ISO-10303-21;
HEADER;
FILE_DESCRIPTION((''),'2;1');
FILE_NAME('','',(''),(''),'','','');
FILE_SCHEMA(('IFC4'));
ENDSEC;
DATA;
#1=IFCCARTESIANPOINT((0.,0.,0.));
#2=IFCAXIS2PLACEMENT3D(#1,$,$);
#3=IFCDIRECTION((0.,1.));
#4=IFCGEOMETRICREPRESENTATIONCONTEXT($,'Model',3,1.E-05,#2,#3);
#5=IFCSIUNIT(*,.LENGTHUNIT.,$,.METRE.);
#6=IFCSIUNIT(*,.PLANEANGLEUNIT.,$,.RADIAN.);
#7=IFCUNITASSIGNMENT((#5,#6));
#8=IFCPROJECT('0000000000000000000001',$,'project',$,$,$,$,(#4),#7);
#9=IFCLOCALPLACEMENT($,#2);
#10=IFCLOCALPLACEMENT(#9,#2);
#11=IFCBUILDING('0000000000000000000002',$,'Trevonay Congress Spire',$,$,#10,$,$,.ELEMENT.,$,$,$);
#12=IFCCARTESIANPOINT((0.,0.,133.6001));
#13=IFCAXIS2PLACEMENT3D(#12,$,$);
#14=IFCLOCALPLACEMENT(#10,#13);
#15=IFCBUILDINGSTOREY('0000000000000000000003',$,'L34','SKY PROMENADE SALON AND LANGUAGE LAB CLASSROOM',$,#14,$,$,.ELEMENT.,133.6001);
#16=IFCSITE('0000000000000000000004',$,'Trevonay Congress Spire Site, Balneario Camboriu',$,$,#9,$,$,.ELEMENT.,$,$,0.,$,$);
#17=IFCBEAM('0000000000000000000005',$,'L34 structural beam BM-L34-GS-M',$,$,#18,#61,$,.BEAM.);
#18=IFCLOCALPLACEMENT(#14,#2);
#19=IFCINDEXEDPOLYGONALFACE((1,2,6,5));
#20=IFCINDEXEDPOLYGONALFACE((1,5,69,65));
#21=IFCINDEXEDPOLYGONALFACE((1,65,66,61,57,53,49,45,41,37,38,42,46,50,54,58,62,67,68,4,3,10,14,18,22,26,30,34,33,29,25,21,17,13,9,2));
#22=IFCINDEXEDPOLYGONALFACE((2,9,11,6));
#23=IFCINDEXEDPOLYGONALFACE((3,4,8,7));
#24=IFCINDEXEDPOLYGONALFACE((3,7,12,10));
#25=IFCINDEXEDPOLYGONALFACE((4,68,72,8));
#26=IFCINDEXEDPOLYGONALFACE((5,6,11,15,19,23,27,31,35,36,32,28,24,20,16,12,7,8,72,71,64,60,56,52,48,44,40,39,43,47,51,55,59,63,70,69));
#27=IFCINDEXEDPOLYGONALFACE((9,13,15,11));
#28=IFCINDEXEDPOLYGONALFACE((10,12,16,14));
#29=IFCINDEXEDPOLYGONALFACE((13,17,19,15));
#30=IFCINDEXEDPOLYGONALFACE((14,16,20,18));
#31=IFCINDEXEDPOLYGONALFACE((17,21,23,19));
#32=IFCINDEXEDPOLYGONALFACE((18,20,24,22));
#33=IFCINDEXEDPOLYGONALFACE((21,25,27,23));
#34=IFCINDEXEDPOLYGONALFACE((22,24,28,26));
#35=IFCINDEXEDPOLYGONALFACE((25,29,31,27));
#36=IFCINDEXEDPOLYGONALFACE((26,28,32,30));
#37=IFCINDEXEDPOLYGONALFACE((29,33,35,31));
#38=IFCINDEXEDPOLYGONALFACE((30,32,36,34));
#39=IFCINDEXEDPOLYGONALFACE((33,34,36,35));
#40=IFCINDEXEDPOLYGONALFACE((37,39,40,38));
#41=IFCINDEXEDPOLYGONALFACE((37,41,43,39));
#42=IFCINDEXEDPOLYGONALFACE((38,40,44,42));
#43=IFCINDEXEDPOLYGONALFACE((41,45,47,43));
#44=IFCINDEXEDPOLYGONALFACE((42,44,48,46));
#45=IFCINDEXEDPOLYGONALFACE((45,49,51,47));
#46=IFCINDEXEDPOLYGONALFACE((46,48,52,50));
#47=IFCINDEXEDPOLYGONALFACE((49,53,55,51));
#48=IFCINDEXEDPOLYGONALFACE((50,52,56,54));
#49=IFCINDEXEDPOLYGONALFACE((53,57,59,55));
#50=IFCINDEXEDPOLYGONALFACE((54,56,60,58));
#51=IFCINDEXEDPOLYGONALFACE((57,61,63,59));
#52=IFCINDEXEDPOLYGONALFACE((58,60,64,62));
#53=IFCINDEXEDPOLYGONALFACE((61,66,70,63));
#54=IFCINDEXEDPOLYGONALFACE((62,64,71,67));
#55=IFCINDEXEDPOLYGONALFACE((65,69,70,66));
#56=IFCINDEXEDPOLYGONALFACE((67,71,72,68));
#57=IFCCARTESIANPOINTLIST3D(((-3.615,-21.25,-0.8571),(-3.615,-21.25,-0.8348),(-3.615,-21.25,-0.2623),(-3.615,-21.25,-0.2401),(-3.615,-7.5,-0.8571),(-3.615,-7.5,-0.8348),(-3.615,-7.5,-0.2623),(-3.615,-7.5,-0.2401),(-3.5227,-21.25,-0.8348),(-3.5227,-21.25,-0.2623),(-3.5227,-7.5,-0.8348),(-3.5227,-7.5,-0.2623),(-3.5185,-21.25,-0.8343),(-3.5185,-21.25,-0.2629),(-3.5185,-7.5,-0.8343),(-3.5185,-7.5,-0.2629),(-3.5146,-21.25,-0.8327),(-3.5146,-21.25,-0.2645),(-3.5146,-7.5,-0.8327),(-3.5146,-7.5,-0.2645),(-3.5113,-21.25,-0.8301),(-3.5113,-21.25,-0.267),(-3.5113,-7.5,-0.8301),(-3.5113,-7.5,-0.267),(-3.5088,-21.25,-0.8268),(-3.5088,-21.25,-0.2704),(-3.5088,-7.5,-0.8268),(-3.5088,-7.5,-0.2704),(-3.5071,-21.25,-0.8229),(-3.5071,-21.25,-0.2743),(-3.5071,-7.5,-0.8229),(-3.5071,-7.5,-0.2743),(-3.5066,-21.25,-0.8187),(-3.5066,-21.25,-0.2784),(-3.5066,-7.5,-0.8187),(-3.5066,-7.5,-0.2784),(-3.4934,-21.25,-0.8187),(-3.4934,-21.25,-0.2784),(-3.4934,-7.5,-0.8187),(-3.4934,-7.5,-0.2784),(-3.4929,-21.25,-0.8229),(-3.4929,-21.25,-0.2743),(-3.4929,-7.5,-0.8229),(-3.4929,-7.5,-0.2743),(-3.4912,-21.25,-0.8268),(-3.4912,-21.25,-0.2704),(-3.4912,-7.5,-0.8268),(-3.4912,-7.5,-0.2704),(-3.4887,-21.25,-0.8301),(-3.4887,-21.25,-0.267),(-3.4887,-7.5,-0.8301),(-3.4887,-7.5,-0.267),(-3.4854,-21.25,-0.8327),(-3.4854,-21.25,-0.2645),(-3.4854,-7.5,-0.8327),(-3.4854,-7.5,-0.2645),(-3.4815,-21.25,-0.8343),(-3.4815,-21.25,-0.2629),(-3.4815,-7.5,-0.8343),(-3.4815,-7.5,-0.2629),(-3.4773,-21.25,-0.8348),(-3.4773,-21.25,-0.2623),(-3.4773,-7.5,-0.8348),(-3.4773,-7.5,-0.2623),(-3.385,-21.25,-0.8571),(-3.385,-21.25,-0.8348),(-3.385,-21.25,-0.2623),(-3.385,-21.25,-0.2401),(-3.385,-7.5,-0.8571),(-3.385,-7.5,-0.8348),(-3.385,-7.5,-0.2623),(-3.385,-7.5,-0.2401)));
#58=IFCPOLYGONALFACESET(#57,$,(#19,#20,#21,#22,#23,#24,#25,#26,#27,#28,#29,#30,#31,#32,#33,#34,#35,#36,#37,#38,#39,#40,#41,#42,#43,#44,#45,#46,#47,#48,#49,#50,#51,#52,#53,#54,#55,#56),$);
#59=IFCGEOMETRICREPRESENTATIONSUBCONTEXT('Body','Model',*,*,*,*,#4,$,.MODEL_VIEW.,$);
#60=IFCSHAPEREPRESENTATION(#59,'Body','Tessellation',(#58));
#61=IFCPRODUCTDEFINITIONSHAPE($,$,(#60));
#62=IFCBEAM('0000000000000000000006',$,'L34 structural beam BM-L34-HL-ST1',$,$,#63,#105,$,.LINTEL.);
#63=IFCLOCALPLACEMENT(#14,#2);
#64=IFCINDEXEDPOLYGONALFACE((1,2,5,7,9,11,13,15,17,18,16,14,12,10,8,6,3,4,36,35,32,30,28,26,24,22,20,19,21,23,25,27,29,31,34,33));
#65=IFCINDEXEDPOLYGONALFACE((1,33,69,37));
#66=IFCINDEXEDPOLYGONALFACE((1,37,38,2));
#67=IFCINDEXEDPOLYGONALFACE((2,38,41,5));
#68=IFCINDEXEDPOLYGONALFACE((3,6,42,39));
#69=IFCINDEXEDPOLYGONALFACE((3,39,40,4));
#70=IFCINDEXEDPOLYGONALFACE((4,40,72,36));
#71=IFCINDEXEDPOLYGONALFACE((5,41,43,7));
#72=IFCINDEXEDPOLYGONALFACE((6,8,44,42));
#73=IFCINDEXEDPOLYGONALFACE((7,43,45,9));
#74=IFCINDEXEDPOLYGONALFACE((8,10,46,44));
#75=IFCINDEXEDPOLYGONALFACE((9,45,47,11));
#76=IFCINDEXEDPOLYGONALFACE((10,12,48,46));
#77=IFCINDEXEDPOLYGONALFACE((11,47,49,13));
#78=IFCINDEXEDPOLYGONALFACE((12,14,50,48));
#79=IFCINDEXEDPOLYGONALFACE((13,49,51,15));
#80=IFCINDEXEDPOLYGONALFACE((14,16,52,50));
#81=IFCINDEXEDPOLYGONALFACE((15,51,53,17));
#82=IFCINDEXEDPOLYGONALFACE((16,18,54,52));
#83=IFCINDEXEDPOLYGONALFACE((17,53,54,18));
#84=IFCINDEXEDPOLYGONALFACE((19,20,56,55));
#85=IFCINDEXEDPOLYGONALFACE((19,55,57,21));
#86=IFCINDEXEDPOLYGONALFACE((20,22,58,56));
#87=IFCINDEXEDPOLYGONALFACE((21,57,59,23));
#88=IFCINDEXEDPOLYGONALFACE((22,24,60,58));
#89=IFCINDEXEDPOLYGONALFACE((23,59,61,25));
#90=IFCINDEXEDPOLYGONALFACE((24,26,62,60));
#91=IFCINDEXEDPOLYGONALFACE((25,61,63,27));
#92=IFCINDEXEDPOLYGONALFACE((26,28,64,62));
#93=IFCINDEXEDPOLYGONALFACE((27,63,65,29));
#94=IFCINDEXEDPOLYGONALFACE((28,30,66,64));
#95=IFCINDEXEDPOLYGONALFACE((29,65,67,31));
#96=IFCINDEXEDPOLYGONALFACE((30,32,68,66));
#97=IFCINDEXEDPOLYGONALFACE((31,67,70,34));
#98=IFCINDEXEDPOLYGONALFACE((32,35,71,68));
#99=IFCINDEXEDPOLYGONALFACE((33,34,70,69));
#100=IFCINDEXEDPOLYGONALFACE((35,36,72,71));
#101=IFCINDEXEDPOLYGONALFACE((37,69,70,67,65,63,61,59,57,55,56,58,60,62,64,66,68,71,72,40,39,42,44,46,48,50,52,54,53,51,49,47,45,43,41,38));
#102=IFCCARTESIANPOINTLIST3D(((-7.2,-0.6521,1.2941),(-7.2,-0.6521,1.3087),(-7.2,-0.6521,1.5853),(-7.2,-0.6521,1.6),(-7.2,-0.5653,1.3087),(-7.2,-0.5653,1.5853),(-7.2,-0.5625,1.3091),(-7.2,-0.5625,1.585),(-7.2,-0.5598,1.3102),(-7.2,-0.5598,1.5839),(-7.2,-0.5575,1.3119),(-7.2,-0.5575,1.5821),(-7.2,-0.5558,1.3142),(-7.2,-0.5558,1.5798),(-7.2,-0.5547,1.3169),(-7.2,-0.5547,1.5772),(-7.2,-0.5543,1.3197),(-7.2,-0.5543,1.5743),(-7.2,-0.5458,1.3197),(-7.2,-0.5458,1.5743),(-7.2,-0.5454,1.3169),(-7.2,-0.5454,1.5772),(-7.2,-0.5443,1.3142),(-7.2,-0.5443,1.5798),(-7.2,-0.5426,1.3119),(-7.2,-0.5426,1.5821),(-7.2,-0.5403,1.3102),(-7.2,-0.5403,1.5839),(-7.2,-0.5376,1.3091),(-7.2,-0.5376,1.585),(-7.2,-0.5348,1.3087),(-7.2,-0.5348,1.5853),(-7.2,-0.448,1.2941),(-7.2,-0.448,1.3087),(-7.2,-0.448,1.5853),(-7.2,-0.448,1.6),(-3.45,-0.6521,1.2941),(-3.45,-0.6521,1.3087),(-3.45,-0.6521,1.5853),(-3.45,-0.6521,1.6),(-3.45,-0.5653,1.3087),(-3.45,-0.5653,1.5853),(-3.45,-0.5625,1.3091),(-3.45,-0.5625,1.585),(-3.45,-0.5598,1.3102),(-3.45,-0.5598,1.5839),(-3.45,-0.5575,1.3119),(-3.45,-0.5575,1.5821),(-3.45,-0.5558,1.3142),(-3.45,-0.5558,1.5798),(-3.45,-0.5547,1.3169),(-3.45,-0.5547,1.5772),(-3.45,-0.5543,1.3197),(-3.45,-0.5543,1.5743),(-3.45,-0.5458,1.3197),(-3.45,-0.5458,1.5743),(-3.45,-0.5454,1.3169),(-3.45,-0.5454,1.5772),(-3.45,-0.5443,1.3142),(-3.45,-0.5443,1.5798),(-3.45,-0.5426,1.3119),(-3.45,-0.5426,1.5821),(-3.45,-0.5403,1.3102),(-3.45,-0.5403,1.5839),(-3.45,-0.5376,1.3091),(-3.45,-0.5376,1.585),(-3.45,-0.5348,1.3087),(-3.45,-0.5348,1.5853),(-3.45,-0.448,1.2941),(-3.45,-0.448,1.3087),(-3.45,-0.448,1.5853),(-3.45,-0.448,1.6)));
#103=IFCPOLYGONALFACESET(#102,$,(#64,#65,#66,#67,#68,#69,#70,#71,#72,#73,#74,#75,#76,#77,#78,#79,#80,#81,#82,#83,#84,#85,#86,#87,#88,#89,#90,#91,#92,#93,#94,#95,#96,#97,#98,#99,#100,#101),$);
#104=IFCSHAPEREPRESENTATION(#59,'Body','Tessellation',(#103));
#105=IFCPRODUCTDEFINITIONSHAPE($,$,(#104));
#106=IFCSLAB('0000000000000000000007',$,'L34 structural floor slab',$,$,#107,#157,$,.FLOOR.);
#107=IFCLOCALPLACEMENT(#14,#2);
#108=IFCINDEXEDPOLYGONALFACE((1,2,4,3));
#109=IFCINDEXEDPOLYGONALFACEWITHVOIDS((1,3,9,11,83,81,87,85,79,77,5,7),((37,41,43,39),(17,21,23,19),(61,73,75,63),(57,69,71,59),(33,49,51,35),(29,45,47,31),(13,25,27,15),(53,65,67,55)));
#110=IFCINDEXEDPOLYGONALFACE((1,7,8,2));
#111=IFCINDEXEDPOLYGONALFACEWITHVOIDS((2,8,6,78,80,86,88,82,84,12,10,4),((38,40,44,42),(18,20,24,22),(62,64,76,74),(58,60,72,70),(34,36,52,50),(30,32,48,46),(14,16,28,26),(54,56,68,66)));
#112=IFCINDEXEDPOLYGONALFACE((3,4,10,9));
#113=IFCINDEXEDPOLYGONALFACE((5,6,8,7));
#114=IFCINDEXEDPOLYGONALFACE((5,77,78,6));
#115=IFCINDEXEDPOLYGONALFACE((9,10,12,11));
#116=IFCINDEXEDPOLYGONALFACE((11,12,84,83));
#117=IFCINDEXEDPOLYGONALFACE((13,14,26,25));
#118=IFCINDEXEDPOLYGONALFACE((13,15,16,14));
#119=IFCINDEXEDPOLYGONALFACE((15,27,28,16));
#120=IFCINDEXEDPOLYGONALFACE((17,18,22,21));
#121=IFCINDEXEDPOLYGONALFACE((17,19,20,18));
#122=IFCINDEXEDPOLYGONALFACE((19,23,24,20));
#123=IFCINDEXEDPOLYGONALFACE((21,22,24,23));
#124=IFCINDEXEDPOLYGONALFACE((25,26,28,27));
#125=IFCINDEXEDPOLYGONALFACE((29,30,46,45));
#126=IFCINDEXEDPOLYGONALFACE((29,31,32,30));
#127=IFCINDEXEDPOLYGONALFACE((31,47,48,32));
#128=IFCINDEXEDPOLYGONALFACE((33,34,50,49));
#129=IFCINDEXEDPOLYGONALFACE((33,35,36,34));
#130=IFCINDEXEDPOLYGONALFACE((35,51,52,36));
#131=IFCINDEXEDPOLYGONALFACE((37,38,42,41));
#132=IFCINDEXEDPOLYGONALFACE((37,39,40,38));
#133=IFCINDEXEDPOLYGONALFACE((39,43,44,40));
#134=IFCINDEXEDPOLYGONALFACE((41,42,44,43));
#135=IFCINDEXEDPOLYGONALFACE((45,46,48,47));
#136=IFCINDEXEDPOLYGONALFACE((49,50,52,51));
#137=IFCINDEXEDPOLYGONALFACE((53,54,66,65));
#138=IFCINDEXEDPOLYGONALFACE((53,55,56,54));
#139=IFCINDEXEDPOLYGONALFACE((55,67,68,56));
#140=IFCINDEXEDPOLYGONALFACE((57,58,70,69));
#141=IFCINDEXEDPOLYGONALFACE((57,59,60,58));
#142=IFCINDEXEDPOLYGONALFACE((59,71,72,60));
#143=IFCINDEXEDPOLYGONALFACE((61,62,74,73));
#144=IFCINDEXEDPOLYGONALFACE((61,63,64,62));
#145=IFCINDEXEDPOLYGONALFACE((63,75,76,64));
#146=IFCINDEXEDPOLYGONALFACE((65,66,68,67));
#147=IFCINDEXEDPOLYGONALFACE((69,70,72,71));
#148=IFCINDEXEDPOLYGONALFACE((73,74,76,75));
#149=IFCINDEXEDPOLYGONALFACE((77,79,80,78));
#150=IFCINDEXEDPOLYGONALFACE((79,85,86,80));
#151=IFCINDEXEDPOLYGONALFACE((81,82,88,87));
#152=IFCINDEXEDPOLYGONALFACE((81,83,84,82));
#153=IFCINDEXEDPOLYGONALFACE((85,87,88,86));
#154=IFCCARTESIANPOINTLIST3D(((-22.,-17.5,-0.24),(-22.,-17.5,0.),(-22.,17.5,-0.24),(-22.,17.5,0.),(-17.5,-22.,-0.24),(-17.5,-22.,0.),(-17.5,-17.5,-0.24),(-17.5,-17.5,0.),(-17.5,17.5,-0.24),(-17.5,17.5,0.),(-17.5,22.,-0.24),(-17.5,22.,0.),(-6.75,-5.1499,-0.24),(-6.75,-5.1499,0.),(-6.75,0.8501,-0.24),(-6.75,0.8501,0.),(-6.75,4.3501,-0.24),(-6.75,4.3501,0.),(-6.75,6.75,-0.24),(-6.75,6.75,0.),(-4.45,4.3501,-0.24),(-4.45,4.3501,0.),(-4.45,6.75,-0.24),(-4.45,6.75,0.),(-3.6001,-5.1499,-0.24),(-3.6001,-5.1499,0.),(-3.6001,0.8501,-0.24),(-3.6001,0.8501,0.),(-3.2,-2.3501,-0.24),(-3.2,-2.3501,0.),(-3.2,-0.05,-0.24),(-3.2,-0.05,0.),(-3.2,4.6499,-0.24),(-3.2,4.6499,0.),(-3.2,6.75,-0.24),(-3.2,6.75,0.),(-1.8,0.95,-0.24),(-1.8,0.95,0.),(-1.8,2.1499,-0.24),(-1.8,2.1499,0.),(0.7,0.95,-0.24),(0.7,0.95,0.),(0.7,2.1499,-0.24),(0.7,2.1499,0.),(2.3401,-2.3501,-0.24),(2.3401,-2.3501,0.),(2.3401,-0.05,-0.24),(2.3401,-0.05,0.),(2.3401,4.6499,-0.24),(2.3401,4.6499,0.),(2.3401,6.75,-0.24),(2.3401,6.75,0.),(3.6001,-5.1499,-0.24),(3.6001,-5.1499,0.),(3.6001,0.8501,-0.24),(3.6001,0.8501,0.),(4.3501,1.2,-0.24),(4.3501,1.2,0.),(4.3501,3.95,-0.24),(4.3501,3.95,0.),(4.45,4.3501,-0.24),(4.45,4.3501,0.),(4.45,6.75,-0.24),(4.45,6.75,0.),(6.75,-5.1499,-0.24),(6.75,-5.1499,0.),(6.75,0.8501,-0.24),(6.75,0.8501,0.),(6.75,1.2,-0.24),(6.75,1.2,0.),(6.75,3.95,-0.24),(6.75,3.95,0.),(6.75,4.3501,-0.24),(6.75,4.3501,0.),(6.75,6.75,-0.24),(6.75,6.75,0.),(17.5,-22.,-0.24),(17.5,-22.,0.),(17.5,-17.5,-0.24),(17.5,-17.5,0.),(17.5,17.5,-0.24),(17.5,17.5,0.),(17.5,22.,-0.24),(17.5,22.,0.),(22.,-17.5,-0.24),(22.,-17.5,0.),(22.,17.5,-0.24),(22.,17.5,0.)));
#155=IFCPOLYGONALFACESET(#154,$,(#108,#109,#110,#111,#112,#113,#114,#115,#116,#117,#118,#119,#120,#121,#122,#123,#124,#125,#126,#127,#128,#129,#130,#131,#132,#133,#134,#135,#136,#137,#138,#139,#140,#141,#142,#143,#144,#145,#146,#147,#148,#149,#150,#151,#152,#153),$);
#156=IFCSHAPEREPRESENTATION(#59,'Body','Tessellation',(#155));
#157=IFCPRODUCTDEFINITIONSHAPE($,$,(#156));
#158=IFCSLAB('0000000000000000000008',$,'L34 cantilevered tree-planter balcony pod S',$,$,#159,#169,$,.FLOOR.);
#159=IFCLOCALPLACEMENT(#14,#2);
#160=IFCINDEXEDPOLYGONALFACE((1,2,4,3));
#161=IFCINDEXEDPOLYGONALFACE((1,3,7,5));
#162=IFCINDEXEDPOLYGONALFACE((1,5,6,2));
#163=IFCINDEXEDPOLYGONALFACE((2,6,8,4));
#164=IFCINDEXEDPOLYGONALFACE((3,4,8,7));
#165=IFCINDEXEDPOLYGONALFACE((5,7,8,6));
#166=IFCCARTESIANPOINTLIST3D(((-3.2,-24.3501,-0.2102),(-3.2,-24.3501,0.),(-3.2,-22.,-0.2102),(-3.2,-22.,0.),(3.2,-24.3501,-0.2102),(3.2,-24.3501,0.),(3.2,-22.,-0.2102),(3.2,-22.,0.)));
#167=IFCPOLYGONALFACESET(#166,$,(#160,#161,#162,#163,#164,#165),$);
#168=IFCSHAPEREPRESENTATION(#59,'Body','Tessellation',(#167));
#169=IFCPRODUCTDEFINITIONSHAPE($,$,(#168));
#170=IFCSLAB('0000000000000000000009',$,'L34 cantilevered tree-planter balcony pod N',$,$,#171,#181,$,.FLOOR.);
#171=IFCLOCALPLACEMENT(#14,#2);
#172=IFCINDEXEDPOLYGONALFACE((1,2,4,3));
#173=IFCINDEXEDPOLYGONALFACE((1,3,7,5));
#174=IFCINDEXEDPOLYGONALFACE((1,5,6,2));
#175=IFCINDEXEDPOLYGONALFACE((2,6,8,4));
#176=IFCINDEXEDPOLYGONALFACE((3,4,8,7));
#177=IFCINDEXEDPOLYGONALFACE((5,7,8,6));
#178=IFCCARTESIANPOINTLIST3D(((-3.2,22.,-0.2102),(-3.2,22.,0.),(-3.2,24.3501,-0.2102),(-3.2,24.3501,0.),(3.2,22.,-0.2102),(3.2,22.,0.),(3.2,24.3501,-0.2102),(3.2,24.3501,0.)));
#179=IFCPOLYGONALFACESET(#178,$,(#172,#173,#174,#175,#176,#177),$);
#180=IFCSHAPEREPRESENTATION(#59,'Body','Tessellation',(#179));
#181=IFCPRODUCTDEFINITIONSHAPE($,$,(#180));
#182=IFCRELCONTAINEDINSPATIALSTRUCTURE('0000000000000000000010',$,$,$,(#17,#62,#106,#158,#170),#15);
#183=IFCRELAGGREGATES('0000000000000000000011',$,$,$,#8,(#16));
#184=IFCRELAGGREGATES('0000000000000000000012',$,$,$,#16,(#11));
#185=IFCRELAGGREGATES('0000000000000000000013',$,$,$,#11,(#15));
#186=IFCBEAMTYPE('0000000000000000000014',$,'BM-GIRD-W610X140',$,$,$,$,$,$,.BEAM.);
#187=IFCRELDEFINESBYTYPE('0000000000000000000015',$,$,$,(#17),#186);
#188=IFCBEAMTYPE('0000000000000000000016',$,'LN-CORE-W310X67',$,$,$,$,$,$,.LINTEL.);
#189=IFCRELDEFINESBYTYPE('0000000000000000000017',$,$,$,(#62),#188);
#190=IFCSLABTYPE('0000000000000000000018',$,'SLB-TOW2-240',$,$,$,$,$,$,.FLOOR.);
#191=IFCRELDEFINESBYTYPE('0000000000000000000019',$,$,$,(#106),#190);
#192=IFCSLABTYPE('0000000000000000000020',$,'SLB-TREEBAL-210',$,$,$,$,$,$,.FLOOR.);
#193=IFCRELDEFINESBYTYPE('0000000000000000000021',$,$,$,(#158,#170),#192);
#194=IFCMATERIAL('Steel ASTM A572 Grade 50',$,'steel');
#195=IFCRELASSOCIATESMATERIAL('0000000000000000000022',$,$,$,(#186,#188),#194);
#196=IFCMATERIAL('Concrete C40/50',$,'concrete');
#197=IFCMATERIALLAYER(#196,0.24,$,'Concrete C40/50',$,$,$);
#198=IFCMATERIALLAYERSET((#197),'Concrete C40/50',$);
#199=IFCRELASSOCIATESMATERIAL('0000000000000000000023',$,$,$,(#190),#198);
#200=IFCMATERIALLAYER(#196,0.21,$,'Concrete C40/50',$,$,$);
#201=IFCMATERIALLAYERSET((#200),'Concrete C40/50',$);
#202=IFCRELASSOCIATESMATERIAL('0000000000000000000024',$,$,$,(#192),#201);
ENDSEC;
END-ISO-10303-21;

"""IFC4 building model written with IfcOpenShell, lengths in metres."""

from ifc_helpers import new_model, si_unit, direction, frame, origin, origin_2d, place, context, subcontext, project, spatial, polyline, i_section, outline, extrude, material, layer, layer_set, material_profile, profile_set, type_object, element, save


model = new_model("IFC4")

# Units and contexts
model_context = context("Model", 3, precision=1e-05, world=origin(), true_north=direction((0.0, 1.0)))
body_context = subcontext(model_context, "Body", "Model", "MODEL_VIEW")
ifc_project = project(units=[si_unit("LENGTHUNIT", "METRE"), si_unit("PLANEANGLEUNIT", "RADIAN")], contexts=[model_context])

# Site, building, storey
site_placement = place(None, origin())
site = spatial("IfcSite", under=ifc_project, at=site_placement, Name="Trevonay Congress Spire Site, Balneario Camboriu", CompositionType="ELEMENT", RefElevation=0.0)
building_placement = place(site_placement, origin())
building = spatial("IfcBuilding", under=site, at=building_placement, Name="Trevonay Congress Spire", CompositionType="ELEMENT")
storey_placement = place(building_placement, frame((0.0, 0.0, 133.6001)))
storey = spatial("IfcBuildingStorey", under=building, at=storey_placement, Name="L34", Description="SKY PROMENADE SALON AND LANGUAGE LAB CLASSROOM", CompositionType="ELEMENT", Elevation=133.6001)

# Shared definitions
ifc_material_1 = material(Name="Steel ASTM A572 Grade 50", Category="steel")

# Beams
ifc_material_profile_1 = material_profile(ifc_material_1, i_section(OverallWidth=0.23, OverallDepth=0.6169, WebThickness=0.0132, FlangeThickness=0.0222, FilletRadius=0.0161, at=origin_2d()), Name="W610x140")
ifc_profile_set_1 = profile_set([ifc_material_profile_1], Name="Steel ASTM A572 Grade 50")
beam_type_1 = type_object("IfcBeamType", Name="BM-GIRD-W610X140", PredefinedType="BEAM", material=ifc_profile_set_1)
beam_1_placement = place(storey_placement, frame((-3.5, -7.5, -0.5486), z_axis=(0.0, -1.0, 0.0), x_axis=(1.0, 0.0, 0.0)))
element("IfcBeam", 1, at=beam_1_placement, inside=storey, type_object=beam_type_1, Name="L34 structural beam BM-L34-GS-M", PredefinedType="BEAM", context=body_context, shape_type="SweptSolid", body=[
    extrude(i_section(OverallWidth=0.23, OverallDepth=0.6169, WebThickness=0.0132, FlangeThickness=0.0222, FilletRadius=0.0161, at=origin_2d()), origin(), (0.0, 0.0, 1.0), 13.75),
])
ifc_material_profile_2 = material_profile(ifc_material_1, i_section(OverallWidth=0.2041, OverallDepth=0.3059, WebThickness=0.0085, FlangeThickness=0.0146, FilletRadius=0.011, at=origin_2d()), Name="W310x67")
ifc_profile_set_2 = profile_set([ifc_material_profile_2], Name="Steel ASTM A572 Grade 50")
beam_type_2 = type_object("IfcBeamType", Name="LN-CORE-W310X67", PredefinedType="LINTEL", material=ifc_profile_set_2)
beam_2_placement = place(storey_placement, frame((-7.2, -0.55, 1.447), z_axis=(1.0, 0.0, 0.0), x_axis=(0.0, 1.0, 0.0)))
element("IfcBeam", 2, at=beam_2_placement, inside=storey, type_object=beam_type_2, Name="L34 structural beam BM-L34-HL-ST1", PredefinedType="LINTEL", context=body_context, shape_type="SweptSolid", body=[
    extrude(i_section(OverallWidth=0.2041, OverallDepth=0.3059, WebThickness=0.0085, FlangeThickness=0.0146, FilletRadius=0.011, at=origin_2d()), origin(), (0.0, 0.0, 1.0), 3.75),
])

# Slabs
ifc_material_2 = material(Name="Concrete C40/50", Category="concrete")
ifc_layer_1 = layer(ifc_material_2, 0.24, Name="Concrete C40/50")
ifc_layer_set_1 = layer_set([ifc_layer_1], Name="Concrete C40/50")
slab_type_1 = type_object("IfcSlabType", Name="SLB-TOW2-240", PredefinedType="FLOOR", material=ifc_layer_set_1)
slab_1_placement = place(storey_placement, frame((0.0, 0.0, -0.24)))
element("IfcSlab", 3, at=slab_1_placement, inside=storey, type_object=slab_type_1, Name="L34 structural floor slab", PredefinedType="FLOOR", context=body_context, shape_type="SweptSolid", body=[
    extrude(outline(polyline([(-17.5, -22.0), (17.5, -22.0), (17.5, -17.5), (22.0, -17.5), (22.0, 17.5), (17.5, 17.5), (17.5, 22.0), (-17.5, 22.0), (-17.5, 17.5), (-22.0, 17.5), (-22.0, -17.5), (-17.5, -17.5), (-17.5, -22.0)]), holes=[polyline([(-3.6001, -5.1499), (-3.6001, 0.8501), (-6.75, 0.8501), (-6.75, -5.1499), (-3.6001, -5.1499)]), polyline([(6.75, -5.1499), (6.75, 0.8501), (3.6001, 0.8501), (3.6001, -5.1499), (6.75, -5.1499)]), polyline([(-3.2, -2.3501), (2.3401, -2.3501), (2.3401, -0.05), (-3.2, -0.05), (-3.2, -2.3501)]), polyline([(-3.2, 4.6499), (2.3401, 4.6499), (2.3401, 6.75), (-3.2, 6.75), (-3.2, 4.6499)]), polyline([(-6.75, 4.3501), (-4.45, 4.3501), (-4.45, 6.75), (-6.75, 6.75), (-6.75, 4.3501)]), polyline([(4.45, 4.3501), (6.75, 4.3501), (6.75, 6.75), (4.45, 6.75), (4.45, 4.3501)]), polyline([(4.3501, 1.2), (6.75, 1.2), (6.75, 3.95), (4.3501, 3.95), (4.3501, 1.2)]), polyline([(-1.8, 0.95), (0.7, 0.95), (0.7, 2.1499), (-1.8, 2.1499), (-1.8, 0.95)])]), origin(), (0.0, 0.0, 1.0), 0.24),
])
ifc_layer_2 = layer(ifc_material_2, 0.21, Name="Concrete C40/50")
ifc_layer_set_2 = layer_set([ifc_layer_2], Name="Concrete C40/50")
slab_type_2 = type_object("IfcSlabType", Name="SLB-TREEBAL-210", PredefinedType="FLOOR", material=ifc_layer_set_2)
slab_2_placement = place(storey_placement, frame((0.0, 0.0, -0.2102)))
element("IfcSlab", 4, at=slab_2_placement, inside=storey, type_object=slab_type_2, Name="L34 cantilevered tree-planter balcony pod S", PredefinedType="FLOOR", context=body_context, shape_type="SweptSolid", body=[
    extrude(outline(polyline([(-3.2, -24.3501), (3.2, -24.3501), (3.2, -22.0), (-3.2, -22.0), (-3.2, -24.3501)])), origin(), (0.0, 0.0, 1.0), 0.2102),
])
slab_3_placement = place(storey_placement, frame((0.0, 0.0, -0.2102)))
element("IfcSlab", 5, at=slab_3_placement, inside=storey, type_object=slab_type_2, Name="L34 cantilevered tree-planter balcony pod N", PredefinedType="FLOOR", context=body_context, shape_type="SweptSolid", body=[
    extrude(outline(polyline([(-3.2, 22.0), (3.2, 22.0), (3.2, 24.3501), (-3.2, 24.3501), (-3.2, 22.0)])), origin(), (0.0, 0.0, 1.0), 0.2102),
])

save(model, "model.ifc")
